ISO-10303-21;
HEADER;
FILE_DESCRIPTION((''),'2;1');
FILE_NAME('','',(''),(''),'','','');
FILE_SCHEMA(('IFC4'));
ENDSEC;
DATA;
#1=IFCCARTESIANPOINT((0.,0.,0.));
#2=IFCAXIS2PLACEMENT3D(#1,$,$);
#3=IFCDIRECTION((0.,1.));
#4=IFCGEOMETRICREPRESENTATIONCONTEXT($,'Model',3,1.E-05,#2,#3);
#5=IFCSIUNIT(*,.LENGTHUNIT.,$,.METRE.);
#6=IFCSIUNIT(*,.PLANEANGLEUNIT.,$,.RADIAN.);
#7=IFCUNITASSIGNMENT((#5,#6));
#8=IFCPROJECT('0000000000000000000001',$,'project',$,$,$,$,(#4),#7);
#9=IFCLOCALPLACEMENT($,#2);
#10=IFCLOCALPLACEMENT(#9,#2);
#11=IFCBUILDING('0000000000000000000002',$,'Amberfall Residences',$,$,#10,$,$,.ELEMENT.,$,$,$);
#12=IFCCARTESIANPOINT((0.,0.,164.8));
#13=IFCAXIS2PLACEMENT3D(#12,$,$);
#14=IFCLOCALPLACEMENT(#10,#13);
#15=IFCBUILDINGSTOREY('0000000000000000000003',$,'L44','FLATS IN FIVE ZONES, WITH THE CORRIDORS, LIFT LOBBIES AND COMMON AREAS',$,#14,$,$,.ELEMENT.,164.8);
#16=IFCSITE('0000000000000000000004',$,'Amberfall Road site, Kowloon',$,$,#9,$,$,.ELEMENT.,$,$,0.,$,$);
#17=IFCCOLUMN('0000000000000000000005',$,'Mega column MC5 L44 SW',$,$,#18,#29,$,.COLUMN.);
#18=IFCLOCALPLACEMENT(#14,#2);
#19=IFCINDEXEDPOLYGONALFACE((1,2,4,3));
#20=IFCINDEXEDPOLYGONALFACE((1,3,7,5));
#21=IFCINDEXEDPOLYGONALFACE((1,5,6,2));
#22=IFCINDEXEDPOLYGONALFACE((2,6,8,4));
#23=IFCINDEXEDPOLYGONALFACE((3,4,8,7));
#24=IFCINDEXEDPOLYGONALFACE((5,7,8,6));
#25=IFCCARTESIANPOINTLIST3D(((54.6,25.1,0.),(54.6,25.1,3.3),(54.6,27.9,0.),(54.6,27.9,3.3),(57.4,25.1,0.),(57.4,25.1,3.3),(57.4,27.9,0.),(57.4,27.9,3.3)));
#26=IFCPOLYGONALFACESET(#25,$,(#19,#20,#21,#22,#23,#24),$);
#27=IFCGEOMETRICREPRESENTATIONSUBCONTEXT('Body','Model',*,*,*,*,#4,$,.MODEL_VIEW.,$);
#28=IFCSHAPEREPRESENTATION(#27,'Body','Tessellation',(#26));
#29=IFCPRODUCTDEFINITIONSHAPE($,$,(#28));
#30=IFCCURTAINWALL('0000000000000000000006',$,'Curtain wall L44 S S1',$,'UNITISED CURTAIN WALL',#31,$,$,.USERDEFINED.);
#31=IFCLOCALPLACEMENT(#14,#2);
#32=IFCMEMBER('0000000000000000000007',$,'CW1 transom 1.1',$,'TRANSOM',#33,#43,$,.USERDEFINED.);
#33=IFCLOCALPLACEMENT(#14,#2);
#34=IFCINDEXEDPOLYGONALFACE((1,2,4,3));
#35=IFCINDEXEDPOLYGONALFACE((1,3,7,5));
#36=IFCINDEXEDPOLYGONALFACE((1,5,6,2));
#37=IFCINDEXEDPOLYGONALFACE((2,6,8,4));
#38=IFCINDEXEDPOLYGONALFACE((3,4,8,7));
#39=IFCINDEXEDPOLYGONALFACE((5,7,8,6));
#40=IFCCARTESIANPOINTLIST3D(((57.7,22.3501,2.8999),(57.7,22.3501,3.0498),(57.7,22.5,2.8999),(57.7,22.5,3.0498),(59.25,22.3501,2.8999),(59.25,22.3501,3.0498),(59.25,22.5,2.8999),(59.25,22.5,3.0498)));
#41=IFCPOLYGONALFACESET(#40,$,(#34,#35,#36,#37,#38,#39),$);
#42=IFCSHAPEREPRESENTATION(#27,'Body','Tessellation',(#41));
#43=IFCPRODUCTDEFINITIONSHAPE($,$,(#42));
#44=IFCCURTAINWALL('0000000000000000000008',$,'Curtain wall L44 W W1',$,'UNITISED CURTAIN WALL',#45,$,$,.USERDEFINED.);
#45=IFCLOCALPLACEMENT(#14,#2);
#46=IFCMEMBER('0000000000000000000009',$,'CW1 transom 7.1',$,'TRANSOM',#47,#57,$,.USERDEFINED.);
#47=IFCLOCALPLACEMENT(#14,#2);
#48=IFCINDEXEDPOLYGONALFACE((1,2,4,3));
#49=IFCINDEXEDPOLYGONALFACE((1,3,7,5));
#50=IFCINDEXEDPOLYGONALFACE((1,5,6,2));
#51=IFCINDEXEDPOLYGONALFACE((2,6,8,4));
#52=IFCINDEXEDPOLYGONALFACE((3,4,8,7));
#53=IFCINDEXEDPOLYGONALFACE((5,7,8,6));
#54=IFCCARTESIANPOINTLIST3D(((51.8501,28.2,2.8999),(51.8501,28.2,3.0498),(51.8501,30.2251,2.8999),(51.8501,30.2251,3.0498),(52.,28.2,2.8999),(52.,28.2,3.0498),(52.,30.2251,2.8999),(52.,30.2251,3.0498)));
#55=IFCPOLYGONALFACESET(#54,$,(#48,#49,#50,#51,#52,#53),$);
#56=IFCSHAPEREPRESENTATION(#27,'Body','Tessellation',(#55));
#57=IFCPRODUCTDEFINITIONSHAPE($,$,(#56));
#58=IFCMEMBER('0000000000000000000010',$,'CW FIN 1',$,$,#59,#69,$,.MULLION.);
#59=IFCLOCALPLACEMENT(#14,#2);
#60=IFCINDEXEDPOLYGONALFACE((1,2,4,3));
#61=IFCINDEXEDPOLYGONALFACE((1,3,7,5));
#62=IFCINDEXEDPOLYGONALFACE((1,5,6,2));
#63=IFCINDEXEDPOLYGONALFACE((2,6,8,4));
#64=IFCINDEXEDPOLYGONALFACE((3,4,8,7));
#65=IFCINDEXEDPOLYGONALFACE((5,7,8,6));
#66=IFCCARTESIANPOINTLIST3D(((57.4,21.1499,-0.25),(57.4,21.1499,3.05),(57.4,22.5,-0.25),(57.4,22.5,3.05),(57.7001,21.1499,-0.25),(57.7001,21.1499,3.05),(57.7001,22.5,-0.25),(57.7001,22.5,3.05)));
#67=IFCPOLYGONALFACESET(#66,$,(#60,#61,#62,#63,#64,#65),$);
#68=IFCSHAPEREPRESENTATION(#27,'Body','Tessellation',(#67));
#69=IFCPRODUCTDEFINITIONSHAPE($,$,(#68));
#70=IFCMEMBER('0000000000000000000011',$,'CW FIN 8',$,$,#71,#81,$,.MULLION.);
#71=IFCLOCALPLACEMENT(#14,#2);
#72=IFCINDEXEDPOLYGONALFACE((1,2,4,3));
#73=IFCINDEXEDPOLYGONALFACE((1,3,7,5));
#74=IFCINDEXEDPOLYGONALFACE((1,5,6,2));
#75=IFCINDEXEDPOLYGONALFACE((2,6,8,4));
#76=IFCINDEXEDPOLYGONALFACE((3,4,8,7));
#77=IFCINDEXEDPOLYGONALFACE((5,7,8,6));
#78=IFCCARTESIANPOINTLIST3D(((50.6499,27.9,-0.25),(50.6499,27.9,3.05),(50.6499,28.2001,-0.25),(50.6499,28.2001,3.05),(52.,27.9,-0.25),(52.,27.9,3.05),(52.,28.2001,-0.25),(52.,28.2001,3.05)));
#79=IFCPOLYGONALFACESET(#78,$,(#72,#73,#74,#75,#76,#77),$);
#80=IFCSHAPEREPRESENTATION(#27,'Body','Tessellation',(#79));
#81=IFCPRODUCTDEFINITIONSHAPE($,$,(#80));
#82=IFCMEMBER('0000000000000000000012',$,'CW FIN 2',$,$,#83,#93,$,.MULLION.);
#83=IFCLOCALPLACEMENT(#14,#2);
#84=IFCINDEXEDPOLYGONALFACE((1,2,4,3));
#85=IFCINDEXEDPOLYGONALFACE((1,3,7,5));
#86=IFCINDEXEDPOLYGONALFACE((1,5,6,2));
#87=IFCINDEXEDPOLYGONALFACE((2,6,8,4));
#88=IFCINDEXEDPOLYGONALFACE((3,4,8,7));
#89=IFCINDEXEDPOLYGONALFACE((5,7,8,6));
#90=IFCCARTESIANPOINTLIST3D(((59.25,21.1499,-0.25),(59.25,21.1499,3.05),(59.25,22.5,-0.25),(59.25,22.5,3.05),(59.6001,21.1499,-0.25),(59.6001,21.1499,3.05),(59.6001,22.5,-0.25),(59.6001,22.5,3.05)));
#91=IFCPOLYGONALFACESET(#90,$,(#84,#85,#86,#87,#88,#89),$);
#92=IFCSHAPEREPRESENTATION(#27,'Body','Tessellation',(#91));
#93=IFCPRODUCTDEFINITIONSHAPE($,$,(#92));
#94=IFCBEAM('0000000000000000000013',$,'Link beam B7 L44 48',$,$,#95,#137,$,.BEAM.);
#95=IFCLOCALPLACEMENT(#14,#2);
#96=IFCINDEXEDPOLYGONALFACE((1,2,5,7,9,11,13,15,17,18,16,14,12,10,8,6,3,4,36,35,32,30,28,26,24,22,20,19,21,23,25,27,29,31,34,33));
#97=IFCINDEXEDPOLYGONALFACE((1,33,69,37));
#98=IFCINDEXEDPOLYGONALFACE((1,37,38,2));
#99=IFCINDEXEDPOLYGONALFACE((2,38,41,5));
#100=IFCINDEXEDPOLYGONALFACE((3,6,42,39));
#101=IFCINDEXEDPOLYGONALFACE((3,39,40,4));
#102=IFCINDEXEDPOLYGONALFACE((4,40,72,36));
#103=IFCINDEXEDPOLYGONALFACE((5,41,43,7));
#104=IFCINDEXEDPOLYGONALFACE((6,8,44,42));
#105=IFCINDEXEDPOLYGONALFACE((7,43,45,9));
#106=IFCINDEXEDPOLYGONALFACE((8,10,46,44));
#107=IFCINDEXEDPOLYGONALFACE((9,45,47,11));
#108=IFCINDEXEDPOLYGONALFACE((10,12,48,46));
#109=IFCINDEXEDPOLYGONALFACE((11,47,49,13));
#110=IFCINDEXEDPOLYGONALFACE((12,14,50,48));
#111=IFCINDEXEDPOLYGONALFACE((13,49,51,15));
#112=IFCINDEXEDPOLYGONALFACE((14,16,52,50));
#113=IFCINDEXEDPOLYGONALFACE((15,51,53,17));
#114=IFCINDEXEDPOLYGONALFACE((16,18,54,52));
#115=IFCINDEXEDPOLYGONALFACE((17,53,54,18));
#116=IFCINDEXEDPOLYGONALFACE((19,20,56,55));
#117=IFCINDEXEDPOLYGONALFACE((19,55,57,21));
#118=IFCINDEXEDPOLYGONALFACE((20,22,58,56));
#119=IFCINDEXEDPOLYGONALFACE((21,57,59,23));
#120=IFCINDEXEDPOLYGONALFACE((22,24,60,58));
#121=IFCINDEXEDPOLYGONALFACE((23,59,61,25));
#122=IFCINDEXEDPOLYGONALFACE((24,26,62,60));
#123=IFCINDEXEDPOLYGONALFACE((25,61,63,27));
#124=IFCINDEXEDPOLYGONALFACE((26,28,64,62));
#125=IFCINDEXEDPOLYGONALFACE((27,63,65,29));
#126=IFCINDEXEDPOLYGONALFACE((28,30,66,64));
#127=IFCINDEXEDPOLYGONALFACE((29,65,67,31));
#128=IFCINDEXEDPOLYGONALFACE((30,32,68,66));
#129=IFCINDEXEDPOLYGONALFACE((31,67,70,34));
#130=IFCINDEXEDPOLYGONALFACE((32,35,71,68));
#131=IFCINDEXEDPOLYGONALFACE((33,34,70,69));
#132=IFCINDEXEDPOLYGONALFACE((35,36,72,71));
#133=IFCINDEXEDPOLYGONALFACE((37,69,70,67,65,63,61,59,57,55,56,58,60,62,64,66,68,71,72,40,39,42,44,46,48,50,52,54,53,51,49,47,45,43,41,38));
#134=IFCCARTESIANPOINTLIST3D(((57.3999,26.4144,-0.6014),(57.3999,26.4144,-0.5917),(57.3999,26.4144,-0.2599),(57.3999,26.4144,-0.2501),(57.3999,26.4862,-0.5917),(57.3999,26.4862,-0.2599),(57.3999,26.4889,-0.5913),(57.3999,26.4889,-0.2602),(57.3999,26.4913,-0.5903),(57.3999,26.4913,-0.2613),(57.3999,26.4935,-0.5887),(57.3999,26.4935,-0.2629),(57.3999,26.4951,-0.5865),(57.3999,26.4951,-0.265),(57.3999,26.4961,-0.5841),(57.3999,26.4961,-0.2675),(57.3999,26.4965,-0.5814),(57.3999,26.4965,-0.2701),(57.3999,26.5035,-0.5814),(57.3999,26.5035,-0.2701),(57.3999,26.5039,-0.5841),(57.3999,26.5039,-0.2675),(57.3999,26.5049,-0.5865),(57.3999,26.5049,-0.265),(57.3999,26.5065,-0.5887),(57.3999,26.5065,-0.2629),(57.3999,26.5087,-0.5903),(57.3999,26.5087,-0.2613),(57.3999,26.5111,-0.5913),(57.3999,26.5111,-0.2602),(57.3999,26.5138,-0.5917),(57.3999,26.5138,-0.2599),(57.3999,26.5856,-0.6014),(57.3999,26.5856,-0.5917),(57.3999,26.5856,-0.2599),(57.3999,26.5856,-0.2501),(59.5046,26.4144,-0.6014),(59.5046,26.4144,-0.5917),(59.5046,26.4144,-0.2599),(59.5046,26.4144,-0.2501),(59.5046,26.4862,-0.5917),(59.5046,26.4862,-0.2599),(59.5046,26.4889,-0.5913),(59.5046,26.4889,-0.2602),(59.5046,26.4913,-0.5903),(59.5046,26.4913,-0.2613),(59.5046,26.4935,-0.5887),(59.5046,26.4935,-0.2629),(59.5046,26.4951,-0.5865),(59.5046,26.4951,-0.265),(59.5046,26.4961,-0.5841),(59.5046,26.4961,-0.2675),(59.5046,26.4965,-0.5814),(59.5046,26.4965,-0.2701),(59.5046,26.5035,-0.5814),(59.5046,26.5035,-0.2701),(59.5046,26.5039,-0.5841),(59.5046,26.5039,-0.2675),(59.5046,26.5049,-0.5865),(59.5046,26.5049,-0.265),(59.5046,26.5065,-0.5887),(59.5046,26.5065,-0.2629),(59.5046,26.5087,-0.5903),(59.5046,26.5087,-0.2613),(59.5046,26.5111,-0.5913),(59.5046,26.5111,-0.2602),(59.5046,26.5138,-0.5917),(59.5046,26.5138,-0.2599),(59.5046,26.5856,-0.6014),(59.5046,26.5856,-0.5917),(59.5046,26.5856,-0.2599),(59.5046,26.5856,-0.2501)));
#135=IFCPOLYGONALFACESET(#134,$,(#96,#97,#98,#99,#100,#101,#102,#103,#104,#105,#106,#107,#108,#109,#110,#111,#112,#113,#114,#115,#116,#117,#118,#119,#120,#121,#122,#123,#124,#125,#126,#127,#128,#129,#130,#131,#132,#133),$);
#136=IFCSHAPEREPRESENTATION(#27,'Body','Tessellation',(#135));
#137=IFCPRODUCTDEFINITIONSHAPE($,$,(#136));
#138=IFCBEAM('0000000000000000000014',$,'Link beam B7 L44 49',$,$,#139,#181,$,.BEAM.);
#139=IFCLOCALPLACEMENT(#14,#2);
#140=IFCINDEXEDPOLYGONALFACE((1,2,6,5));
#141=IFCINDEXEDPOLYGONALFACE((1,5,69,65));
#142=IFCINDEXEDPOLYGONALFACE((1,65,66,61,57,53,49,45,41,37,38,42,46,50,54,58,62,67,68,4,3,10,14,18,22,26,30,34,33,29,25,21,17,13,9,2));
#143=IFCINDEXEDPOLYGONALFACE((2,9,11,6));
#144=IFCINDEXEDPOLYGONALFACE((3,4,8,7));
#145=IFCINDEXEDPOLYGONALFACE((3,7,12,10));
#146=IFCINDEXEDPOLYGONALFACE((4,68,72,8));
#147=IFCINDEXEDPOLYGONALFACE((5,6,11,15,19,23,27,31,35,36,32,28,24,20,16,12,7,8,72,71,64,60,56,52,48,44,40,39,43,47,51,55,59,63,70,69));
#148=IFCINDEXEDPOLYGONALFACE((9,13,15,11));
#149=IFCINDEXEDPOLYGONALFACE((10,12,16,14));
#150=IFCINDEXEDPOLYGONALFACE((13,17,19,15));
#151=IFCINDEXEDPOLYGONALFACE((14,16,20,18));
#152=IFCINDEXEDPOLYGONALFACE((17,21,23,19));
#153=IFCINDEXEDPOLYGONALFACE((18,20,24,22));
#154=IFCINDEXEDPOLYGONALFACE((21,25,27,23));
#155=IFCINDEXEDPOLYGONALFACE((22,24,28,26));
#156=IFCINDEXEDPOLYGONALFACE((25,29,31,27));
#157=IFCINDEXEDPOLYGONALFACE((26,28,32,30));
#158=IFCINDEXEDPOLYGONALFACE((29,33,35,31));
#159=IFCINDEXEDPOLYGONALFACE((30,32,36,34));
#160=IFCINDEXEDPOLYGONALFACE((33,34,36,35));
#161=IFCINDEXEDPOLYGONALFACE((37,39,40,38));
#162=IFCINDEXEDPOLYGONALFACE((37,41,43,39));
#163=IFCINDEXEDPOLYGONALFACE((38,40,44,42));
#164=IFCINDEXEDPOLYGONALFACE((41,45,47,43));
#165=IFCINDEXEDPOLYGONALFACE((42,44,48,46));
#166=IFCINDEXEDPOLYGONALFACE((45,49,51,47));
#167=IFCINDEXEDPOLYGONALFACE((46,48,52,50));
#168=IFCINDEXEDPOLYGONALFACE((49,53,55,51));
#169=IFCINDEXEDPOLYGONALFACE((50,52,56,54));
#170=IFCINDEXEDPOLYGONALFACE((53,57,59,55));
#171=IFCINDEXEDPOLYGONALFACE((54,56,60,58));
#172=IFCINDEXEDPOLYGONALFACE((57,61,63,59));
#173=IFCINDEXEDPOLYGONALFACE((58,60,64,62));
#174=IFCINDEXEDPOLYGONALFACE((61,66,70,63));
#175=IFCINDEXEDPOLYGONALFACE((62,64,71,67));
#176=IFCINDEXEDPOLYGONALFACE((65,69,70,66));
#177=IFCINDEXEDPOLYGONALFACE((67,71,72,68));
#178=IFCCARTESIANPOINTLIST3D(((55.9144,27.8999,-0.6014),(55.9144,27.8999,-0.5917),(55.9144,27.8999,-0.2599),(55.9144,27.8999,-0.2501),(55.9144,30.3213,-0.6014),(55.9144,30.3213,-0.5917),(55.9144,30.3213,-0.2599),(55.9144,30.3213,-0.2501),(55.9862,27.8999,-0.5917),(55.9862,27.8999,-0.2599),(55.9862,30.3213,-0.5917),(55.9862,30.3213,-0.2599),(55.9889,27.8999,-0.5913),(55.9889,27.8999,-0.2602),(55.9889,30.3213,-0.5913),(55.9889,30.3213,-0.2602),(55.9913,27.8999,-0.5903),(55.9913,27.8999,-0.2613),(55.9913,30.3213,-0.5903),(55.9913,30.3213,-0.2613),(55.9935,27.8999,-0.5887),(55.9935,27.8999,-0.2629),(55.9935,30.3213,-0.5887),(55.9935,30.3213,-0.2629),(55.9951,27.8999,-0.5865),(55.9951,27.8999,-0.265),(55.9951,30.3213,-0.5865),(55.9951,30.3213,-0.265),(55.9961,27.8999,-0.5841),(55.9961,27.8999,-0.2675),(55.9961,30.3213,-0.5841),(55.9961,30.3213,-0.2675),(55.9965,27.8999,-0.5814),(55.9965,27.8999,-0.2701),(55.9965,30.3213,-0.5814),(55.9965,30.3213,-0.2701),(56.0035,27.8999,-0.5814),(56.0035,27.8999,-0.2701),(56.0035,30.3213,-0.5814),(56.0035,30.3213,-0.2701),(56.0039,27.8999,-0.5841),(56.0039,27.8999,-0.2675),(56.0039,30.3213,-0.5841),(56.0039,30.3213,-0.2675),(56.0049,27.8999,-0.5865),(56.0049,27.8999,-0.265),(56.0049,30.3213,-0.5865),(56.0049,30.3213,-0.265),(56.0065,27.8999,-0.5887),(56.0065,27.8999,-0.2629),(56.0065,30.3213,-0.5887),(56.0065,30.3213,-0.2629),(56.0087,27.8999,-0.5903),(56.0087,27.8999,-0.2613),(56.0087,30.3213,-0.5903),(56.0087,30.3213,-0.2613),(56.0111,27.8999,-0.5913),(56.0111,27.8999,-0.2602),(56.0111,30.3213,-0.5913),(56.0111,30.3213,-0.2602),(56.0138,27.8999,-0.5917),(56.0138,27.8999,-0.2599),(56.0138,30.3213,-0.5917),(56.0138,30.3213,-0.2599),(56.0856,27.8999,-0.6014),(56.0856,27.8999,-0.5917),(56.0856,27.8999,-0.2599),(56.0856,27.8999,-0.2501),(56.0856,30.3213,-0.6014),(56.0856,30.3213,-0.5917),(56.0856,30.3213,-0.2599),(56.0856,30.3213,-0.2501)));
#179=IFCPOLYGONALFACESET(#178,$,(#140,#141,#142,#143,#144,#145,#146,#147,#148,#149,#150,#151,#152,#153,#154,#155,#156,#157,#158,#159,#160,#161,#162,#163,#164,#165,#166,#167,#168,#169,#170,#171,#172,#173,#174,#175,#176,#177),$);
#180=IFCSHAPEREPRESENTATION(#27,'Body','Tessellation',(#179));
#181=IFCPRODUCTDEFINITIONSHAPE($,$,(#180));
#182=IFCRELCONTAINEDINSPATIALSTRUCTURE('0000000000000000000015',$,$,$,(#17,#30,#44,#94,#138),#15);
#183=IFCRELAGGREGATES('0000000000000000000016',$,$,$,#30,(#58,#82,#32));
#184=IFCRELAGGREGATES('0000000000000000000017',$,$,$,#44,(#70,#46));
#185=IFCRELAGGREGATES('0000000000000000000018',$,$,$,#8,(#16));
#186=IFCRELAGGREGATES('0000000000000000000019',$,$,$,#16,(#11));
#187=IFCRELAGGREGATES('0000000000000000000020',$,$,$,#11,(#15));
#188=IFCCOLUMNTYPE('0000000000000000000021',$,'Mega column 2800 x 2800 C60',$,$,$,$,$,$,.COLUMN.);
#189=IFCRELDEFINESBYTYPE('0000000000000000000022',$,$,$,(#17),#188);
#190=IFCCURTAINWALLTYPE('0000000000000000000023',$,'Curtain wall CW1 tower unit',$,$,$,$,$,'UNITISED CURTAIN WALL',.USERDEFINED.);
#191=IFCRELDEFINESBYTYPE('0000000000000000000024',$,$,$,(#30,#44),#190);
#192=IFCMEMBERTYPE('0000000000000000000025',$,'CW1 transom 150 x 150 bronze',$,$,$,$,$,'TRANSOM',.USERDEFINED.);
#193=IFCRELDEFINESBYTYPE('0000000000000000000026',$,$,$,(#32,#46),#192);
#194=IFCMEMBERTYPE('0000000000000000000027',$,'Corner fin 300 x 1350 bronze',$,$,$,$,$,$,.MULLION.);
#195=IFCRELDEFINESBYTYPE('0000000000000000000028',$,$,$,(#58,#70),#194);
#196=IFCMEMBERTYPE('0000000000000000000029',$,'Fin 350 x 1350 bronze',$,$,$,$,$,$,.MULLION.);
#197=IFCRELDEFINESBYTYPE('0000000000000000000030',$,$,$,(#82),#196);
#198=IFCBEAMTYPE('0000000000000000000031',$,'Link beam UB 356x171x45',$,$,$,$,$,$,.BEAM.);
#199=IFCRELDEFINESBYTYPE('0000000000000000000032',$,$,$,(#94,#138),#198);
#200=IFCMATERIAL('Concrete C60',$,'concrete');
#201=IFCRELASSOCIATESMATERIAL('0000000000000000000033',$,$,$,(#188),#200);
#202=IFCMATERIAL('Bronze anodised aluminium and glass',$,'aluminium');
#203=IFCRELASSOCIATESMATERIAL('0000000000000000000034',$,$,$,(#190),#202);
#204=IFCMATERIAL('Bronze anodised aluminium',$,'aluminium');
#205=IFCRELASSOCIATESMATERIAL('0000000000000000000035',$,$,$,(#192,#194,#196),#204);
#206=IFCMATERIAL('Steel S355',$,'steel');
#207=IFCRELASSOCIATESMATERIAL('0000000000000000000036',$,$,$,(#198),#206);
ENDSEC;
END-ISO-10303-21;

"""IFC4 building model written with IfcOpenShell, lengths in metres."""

from ifc_helpers import new_model, si_unit, direction, frame, origin, origin_2d, place, context, subcontext, project, spatial, rectangle, i_section, extrude, material, material_profile, profile_set, type_object, element, aggregate, save


model = new_model("IFC4")

# Units and contexts
model_context = context("Model", 3, precision=1e-05, world=origin(), true_north=direction((0.0, 1.0)))
body_context = subcontext(model_context, "Body", "Model", "MODEL_VIEW")
ifc_project = project(units=[si_unit("LENGTHUNIT", "METRE"), si_unit("PLANEANGLEUNIT", "RADIAN")], contexts=[model_context])

# Site, building, storey
site_placement = place(None, origin())
site = spatial("IfcSite", under=ifc_project, at=site_placement, Name="Amberfall Road site, Kowloon", CompositionType="ELEMENT", RefElevation=0.0)
building_placement = place(site_placement, origin())
building = spatial("IfcBuilding", under=site, at=building_placement, Name="Amberfall Residences", CompositionType="ELEMENT")
storey_placement = place(building_placement, frame((0.0, 0.0, 164.8)))
storey = spatial("IfcBuildingStorey", under=building, at=storey_placement, Name="L44", Description="FLATS IN FIVE ZONES, WITH THE CORRIDORS, LIFT LOBBIES AND COMMON AREAS", CompositionType="ELEMENT", Elevation=164.8)

# Column
ifc_material_1 = material(Name="Concrete C60", Category="concrete")
ifc_material_profile_1 = material_profile(ifc_material_1, rectangle(XDim=2.8, YDim=2.8, at=origin_2d()), Name="Mega column 2800 x 2800 C60")
ifc_profile_set_1 = profile_set([ifc_material_profile_1], Name="Concrete C60")
column_type = type_object("IfcColumnType", Name="Mega column 2800 x 2800 C60", PredefinedType="COLUMN", material=ifc_profile_set_1)
column_placement = place(storey_placement, frame((56.0, 26.5, 0.0), z_axis=(0.0, 0.0, 1.0), x_axis=(1.0, 0.0, 0.0)))
element("IfcColumn", 1, at=column_placement, inside=storey, type_object=column_type, Name="Mega column MC5 L44 SW", PredefinedType="COLUMN", context=body_context, shape_type="SweptSolid", body=[
    extrude(rectangle(XDim=2.8, YDim=2.8, at=origin_2d()), origin(), (0.0, 0.0, 1.0), 3.3),
])

# Curtain walls, members
ifc_material_2 = material(Name="Bronze anodised aluminium and glass", Category="aluminium")
curtain_wall_type = type_object("IfcCurtainWallType", Name="Curtain wall CW1 tower unit", ElementType="UNITISED CURTAIN WALL", PredefinedType="USERDEFINED", material=ifc_material_2)
curtain_wall_1_placement = place(storey_placement, origin())
curtain_wall_1 = element("IfcCurtainWall", 2, at=curtain_wall_1_placement, inside=storey, type_object=curtain_wall_type, Name="Curtain wall L44 S S1", ObjectType="UNITISED CURTAIN WALL", PredefinedType="USERDEFINED")
ifc_material_3 = material(Name="Bronze anodised aluminium", Category="aluminium")
ifc_material_profile_2 = material_profile(ifc_material_3, rectangle(XDim=0.1499, YDim=0.1499, at=origin_2d()), Name="CW1 transom 150 x 150 bronze")
ifc_profile_set_2 = profile_set([ifc_material_profile_2], Name="Bronze anodised aluminium")
member_type_1 = type_object("IfcMemberType", Name="CW1 transom 150 x 150 bronze", ElementType="TRANSOM", PredefinedType="USERDEFINED", material=ifc_profile_set_2)
member_1_placement = place(storey_placement, frame((57.7, 22.425, 2.9749), z_axis=(1.0, 0.0, 0.0), x_axis=(0.0, 1.0, 0.0)))
member_1 = element("IfcMember", 3, at=member_1_placement, type_object=member_type_1, Name="CW1 transom 1.1", ObjectType="TRANSOM", PredefinedType="USERDEFINED", context=body_context, shape_type="SweptSolid", body=[
    extrude(rectangle(XDim=0.1499, YDim=0.1499, at=origin_2d()), origin(), (0.0, 0.0, 1.0), 1.55),
])
curtain_wall_2_placement = place(storey_placement, origin())
curtain_wall_2 = element("IfcCurtainWall", 4, at=curtain_wall_2_placement, inside=storey, type_object=curtain_wall_type, Name="Curtain wall L44 W W1", ObjectType="UNITISED CURTAIN WALL", PredefinedType="USERDEFINED")
member_2_placement = place(storey_placement, frame((51.925, 30.2251, 2.9749), z_axis=(0.0, -1.0, 0.0), x_axis=(1.0, 0.0, 0.0)))
member_2 = element("IfcMember", 5, at=member_2_placement, type_object=member_type_1, Name="CW1 transom 7.1", ObjectType="TRANSOM", PredefinedType="USERDEFINED", context=body_context, shape_type="SweptSolid", body=[
    extrude(rectangle(XDim=0.1499, YDim=0.1499, at=origin_2d()), origin(), (0.0, 0.0, 1.0), 2.0251),
])

# Members
ifc_material_profile_3 = material_profile(ifc_material_3, rectangle(XDim=1.3501, YDim=0.3, at=origin_2d()), Name="Corner fin 300 x 1350 bronze")
ifc_profile_set_3 = profile_set([ifc_material_profile_3], Name="Bronze anodised aluminium")
member_type_2 = type_object("IfcMemberType", Name="Corner fin 300 x 1350 bronze", PredefinedType="MULLION", material=ifc_profile_set_3)
member_3_placement = place(storey_placement, frame((57.55, 21.825, -0.25), z_axis=(0.0, 0.0, 1.0), x_axis=(0.0, 1.0, 0.0)))
member_3 = element("IfcMember", 6, at=member_3_placement, type_object=member_type_2, Name="CW FIN 1", PredefinedType="MULLION", context=body_context, shape_type="SweptSolid", body=[
    extrude(rectangle(XDim=1.3501, YDim=0.3, at=origin_2d()), origin(), (0.0, 0.0, 1.0), 3.3),
])
member_4_placement = place(storey_placement, frame((51.325, 28.05, -0.25), z_axis=(0.0, 0.0, 1.0), x_axis=(1.0, 0.0, 0.0)))
member_4 = element("IfcMember", 7, at=member_4_placement, type_object=member_type_2, Name="CW FIN 8", PredefinedType="MULLION", context=body_context, shape_type="SweptSolid", body=[
    extrude(rectangle(XDim=1.3501, YDim=0.3, at=origin_2d()), origin(), (0.0, 0.0, 1.0), 3.3),
])
ifc_material_profile_4 = material_profile(ifc_material_3, rectangle(XDim=1.3501, YDim=0.3501, at=origin_2d()), Name="Fin 350 x 1350 bronze")
ifc_profile_set_4 = profile_set([ifc_material_profile_4], Name="Bronze anodised aluminium")
member_type_3 = type_object("IfcMemberType", Name="Fin 350 x 1350 bronze", PredefinedType="MULLION", material=ifc_profile_set_4)
member_5_placement = place(storey_placement, frame((59.425, 21.825, -0.25), z_axis=(0.0, 0.0, 1.0), x_axis=(0.0, 1.0, 0.0)))
member_5 = element("IfcMember", 8, at=member_5_placement, type_object=member_type_3, Name="CW FIN 2", PredefinedType="MULLION", context=body_context, shape_type="SweptSolid", body=[
    extrude(rectangle(XDim=1.3501, YDim=0.3501, at=origin_2d()), origin(), (0.0, 0.0, 1.0), 3.3),
])

# Beams
ifc_material_4 = material(Name="Steel S355", Category="steel")
ifc_material_profile_5 = material_profile(ifc_material_4, i_section(OverallWidth=0.1711, OverallDepth=0.3513, WebThickness=0.0071, FlangeThickness=0.0098, FilletRadius=0.0103, at=origin_2d()), Name="UB 356x171x45")
ifc_profile_set_5 = profile_set([ifc_material_profile_5], Name="Steel S355")
beam_type = type_object("IfcBeamType", Name="Link beam UB 356x171x45", PredefinedType="BEAM", material=ifc_profile_set_5)
beam_1_placement = place(storey_placement, frame((57.3999, 26.5, -0.4258), z_axis=(1.0, 0.0, 0.0), x_axis=(0.0, 1.0, 0.0)))
element("IfcBeam", 9, at=beam_1_placement, inside=storey, type_object=beam_type, Name="Link beam B7 L44 48", PredefinedType="BEAM", context=body_context, shape_type="SweptSolid", body=[
    extrude(i_section(OverallWidth=0.1711, OverallDepth=0.3513, WebThickness=0.0071, FlangeThickness=0.0098, FilletRadius=0.0103, at=origin_2d()), origin(), (0.0, 0.0, 1.0), 2.1047),
])
beam_2_placement = place(storey_placement, frame((56.0, 27.8999, -0.4258), z_axis=(0.0, 1.0, 0.0), x_axis=(-1.0, 0.0, 0.0)))
element("IfcBeam", 10, at=beam_2_placement, inside=storey, type_object=beam_type, Name="Link beam B7 L44 49", PredefinedType="BEAM", context=body_context, shape_type="SweptSolid", body=[
    extrude(i_section(OverallWidth=0.1711, OverallDepth=0.3513, WebThickness=0.0071, FlangeThickness=0.0098, FilletRadius=0.0103, at=origin_2d()), origin(), (0.0, 0.0, 1.0), 2.4214),
])

aggregate(curtain_wall_1, [member_3, member_5, member_1])
aggregate(curtain_wall_2, [member_4, member_2])

save(model, "model.ifc")
